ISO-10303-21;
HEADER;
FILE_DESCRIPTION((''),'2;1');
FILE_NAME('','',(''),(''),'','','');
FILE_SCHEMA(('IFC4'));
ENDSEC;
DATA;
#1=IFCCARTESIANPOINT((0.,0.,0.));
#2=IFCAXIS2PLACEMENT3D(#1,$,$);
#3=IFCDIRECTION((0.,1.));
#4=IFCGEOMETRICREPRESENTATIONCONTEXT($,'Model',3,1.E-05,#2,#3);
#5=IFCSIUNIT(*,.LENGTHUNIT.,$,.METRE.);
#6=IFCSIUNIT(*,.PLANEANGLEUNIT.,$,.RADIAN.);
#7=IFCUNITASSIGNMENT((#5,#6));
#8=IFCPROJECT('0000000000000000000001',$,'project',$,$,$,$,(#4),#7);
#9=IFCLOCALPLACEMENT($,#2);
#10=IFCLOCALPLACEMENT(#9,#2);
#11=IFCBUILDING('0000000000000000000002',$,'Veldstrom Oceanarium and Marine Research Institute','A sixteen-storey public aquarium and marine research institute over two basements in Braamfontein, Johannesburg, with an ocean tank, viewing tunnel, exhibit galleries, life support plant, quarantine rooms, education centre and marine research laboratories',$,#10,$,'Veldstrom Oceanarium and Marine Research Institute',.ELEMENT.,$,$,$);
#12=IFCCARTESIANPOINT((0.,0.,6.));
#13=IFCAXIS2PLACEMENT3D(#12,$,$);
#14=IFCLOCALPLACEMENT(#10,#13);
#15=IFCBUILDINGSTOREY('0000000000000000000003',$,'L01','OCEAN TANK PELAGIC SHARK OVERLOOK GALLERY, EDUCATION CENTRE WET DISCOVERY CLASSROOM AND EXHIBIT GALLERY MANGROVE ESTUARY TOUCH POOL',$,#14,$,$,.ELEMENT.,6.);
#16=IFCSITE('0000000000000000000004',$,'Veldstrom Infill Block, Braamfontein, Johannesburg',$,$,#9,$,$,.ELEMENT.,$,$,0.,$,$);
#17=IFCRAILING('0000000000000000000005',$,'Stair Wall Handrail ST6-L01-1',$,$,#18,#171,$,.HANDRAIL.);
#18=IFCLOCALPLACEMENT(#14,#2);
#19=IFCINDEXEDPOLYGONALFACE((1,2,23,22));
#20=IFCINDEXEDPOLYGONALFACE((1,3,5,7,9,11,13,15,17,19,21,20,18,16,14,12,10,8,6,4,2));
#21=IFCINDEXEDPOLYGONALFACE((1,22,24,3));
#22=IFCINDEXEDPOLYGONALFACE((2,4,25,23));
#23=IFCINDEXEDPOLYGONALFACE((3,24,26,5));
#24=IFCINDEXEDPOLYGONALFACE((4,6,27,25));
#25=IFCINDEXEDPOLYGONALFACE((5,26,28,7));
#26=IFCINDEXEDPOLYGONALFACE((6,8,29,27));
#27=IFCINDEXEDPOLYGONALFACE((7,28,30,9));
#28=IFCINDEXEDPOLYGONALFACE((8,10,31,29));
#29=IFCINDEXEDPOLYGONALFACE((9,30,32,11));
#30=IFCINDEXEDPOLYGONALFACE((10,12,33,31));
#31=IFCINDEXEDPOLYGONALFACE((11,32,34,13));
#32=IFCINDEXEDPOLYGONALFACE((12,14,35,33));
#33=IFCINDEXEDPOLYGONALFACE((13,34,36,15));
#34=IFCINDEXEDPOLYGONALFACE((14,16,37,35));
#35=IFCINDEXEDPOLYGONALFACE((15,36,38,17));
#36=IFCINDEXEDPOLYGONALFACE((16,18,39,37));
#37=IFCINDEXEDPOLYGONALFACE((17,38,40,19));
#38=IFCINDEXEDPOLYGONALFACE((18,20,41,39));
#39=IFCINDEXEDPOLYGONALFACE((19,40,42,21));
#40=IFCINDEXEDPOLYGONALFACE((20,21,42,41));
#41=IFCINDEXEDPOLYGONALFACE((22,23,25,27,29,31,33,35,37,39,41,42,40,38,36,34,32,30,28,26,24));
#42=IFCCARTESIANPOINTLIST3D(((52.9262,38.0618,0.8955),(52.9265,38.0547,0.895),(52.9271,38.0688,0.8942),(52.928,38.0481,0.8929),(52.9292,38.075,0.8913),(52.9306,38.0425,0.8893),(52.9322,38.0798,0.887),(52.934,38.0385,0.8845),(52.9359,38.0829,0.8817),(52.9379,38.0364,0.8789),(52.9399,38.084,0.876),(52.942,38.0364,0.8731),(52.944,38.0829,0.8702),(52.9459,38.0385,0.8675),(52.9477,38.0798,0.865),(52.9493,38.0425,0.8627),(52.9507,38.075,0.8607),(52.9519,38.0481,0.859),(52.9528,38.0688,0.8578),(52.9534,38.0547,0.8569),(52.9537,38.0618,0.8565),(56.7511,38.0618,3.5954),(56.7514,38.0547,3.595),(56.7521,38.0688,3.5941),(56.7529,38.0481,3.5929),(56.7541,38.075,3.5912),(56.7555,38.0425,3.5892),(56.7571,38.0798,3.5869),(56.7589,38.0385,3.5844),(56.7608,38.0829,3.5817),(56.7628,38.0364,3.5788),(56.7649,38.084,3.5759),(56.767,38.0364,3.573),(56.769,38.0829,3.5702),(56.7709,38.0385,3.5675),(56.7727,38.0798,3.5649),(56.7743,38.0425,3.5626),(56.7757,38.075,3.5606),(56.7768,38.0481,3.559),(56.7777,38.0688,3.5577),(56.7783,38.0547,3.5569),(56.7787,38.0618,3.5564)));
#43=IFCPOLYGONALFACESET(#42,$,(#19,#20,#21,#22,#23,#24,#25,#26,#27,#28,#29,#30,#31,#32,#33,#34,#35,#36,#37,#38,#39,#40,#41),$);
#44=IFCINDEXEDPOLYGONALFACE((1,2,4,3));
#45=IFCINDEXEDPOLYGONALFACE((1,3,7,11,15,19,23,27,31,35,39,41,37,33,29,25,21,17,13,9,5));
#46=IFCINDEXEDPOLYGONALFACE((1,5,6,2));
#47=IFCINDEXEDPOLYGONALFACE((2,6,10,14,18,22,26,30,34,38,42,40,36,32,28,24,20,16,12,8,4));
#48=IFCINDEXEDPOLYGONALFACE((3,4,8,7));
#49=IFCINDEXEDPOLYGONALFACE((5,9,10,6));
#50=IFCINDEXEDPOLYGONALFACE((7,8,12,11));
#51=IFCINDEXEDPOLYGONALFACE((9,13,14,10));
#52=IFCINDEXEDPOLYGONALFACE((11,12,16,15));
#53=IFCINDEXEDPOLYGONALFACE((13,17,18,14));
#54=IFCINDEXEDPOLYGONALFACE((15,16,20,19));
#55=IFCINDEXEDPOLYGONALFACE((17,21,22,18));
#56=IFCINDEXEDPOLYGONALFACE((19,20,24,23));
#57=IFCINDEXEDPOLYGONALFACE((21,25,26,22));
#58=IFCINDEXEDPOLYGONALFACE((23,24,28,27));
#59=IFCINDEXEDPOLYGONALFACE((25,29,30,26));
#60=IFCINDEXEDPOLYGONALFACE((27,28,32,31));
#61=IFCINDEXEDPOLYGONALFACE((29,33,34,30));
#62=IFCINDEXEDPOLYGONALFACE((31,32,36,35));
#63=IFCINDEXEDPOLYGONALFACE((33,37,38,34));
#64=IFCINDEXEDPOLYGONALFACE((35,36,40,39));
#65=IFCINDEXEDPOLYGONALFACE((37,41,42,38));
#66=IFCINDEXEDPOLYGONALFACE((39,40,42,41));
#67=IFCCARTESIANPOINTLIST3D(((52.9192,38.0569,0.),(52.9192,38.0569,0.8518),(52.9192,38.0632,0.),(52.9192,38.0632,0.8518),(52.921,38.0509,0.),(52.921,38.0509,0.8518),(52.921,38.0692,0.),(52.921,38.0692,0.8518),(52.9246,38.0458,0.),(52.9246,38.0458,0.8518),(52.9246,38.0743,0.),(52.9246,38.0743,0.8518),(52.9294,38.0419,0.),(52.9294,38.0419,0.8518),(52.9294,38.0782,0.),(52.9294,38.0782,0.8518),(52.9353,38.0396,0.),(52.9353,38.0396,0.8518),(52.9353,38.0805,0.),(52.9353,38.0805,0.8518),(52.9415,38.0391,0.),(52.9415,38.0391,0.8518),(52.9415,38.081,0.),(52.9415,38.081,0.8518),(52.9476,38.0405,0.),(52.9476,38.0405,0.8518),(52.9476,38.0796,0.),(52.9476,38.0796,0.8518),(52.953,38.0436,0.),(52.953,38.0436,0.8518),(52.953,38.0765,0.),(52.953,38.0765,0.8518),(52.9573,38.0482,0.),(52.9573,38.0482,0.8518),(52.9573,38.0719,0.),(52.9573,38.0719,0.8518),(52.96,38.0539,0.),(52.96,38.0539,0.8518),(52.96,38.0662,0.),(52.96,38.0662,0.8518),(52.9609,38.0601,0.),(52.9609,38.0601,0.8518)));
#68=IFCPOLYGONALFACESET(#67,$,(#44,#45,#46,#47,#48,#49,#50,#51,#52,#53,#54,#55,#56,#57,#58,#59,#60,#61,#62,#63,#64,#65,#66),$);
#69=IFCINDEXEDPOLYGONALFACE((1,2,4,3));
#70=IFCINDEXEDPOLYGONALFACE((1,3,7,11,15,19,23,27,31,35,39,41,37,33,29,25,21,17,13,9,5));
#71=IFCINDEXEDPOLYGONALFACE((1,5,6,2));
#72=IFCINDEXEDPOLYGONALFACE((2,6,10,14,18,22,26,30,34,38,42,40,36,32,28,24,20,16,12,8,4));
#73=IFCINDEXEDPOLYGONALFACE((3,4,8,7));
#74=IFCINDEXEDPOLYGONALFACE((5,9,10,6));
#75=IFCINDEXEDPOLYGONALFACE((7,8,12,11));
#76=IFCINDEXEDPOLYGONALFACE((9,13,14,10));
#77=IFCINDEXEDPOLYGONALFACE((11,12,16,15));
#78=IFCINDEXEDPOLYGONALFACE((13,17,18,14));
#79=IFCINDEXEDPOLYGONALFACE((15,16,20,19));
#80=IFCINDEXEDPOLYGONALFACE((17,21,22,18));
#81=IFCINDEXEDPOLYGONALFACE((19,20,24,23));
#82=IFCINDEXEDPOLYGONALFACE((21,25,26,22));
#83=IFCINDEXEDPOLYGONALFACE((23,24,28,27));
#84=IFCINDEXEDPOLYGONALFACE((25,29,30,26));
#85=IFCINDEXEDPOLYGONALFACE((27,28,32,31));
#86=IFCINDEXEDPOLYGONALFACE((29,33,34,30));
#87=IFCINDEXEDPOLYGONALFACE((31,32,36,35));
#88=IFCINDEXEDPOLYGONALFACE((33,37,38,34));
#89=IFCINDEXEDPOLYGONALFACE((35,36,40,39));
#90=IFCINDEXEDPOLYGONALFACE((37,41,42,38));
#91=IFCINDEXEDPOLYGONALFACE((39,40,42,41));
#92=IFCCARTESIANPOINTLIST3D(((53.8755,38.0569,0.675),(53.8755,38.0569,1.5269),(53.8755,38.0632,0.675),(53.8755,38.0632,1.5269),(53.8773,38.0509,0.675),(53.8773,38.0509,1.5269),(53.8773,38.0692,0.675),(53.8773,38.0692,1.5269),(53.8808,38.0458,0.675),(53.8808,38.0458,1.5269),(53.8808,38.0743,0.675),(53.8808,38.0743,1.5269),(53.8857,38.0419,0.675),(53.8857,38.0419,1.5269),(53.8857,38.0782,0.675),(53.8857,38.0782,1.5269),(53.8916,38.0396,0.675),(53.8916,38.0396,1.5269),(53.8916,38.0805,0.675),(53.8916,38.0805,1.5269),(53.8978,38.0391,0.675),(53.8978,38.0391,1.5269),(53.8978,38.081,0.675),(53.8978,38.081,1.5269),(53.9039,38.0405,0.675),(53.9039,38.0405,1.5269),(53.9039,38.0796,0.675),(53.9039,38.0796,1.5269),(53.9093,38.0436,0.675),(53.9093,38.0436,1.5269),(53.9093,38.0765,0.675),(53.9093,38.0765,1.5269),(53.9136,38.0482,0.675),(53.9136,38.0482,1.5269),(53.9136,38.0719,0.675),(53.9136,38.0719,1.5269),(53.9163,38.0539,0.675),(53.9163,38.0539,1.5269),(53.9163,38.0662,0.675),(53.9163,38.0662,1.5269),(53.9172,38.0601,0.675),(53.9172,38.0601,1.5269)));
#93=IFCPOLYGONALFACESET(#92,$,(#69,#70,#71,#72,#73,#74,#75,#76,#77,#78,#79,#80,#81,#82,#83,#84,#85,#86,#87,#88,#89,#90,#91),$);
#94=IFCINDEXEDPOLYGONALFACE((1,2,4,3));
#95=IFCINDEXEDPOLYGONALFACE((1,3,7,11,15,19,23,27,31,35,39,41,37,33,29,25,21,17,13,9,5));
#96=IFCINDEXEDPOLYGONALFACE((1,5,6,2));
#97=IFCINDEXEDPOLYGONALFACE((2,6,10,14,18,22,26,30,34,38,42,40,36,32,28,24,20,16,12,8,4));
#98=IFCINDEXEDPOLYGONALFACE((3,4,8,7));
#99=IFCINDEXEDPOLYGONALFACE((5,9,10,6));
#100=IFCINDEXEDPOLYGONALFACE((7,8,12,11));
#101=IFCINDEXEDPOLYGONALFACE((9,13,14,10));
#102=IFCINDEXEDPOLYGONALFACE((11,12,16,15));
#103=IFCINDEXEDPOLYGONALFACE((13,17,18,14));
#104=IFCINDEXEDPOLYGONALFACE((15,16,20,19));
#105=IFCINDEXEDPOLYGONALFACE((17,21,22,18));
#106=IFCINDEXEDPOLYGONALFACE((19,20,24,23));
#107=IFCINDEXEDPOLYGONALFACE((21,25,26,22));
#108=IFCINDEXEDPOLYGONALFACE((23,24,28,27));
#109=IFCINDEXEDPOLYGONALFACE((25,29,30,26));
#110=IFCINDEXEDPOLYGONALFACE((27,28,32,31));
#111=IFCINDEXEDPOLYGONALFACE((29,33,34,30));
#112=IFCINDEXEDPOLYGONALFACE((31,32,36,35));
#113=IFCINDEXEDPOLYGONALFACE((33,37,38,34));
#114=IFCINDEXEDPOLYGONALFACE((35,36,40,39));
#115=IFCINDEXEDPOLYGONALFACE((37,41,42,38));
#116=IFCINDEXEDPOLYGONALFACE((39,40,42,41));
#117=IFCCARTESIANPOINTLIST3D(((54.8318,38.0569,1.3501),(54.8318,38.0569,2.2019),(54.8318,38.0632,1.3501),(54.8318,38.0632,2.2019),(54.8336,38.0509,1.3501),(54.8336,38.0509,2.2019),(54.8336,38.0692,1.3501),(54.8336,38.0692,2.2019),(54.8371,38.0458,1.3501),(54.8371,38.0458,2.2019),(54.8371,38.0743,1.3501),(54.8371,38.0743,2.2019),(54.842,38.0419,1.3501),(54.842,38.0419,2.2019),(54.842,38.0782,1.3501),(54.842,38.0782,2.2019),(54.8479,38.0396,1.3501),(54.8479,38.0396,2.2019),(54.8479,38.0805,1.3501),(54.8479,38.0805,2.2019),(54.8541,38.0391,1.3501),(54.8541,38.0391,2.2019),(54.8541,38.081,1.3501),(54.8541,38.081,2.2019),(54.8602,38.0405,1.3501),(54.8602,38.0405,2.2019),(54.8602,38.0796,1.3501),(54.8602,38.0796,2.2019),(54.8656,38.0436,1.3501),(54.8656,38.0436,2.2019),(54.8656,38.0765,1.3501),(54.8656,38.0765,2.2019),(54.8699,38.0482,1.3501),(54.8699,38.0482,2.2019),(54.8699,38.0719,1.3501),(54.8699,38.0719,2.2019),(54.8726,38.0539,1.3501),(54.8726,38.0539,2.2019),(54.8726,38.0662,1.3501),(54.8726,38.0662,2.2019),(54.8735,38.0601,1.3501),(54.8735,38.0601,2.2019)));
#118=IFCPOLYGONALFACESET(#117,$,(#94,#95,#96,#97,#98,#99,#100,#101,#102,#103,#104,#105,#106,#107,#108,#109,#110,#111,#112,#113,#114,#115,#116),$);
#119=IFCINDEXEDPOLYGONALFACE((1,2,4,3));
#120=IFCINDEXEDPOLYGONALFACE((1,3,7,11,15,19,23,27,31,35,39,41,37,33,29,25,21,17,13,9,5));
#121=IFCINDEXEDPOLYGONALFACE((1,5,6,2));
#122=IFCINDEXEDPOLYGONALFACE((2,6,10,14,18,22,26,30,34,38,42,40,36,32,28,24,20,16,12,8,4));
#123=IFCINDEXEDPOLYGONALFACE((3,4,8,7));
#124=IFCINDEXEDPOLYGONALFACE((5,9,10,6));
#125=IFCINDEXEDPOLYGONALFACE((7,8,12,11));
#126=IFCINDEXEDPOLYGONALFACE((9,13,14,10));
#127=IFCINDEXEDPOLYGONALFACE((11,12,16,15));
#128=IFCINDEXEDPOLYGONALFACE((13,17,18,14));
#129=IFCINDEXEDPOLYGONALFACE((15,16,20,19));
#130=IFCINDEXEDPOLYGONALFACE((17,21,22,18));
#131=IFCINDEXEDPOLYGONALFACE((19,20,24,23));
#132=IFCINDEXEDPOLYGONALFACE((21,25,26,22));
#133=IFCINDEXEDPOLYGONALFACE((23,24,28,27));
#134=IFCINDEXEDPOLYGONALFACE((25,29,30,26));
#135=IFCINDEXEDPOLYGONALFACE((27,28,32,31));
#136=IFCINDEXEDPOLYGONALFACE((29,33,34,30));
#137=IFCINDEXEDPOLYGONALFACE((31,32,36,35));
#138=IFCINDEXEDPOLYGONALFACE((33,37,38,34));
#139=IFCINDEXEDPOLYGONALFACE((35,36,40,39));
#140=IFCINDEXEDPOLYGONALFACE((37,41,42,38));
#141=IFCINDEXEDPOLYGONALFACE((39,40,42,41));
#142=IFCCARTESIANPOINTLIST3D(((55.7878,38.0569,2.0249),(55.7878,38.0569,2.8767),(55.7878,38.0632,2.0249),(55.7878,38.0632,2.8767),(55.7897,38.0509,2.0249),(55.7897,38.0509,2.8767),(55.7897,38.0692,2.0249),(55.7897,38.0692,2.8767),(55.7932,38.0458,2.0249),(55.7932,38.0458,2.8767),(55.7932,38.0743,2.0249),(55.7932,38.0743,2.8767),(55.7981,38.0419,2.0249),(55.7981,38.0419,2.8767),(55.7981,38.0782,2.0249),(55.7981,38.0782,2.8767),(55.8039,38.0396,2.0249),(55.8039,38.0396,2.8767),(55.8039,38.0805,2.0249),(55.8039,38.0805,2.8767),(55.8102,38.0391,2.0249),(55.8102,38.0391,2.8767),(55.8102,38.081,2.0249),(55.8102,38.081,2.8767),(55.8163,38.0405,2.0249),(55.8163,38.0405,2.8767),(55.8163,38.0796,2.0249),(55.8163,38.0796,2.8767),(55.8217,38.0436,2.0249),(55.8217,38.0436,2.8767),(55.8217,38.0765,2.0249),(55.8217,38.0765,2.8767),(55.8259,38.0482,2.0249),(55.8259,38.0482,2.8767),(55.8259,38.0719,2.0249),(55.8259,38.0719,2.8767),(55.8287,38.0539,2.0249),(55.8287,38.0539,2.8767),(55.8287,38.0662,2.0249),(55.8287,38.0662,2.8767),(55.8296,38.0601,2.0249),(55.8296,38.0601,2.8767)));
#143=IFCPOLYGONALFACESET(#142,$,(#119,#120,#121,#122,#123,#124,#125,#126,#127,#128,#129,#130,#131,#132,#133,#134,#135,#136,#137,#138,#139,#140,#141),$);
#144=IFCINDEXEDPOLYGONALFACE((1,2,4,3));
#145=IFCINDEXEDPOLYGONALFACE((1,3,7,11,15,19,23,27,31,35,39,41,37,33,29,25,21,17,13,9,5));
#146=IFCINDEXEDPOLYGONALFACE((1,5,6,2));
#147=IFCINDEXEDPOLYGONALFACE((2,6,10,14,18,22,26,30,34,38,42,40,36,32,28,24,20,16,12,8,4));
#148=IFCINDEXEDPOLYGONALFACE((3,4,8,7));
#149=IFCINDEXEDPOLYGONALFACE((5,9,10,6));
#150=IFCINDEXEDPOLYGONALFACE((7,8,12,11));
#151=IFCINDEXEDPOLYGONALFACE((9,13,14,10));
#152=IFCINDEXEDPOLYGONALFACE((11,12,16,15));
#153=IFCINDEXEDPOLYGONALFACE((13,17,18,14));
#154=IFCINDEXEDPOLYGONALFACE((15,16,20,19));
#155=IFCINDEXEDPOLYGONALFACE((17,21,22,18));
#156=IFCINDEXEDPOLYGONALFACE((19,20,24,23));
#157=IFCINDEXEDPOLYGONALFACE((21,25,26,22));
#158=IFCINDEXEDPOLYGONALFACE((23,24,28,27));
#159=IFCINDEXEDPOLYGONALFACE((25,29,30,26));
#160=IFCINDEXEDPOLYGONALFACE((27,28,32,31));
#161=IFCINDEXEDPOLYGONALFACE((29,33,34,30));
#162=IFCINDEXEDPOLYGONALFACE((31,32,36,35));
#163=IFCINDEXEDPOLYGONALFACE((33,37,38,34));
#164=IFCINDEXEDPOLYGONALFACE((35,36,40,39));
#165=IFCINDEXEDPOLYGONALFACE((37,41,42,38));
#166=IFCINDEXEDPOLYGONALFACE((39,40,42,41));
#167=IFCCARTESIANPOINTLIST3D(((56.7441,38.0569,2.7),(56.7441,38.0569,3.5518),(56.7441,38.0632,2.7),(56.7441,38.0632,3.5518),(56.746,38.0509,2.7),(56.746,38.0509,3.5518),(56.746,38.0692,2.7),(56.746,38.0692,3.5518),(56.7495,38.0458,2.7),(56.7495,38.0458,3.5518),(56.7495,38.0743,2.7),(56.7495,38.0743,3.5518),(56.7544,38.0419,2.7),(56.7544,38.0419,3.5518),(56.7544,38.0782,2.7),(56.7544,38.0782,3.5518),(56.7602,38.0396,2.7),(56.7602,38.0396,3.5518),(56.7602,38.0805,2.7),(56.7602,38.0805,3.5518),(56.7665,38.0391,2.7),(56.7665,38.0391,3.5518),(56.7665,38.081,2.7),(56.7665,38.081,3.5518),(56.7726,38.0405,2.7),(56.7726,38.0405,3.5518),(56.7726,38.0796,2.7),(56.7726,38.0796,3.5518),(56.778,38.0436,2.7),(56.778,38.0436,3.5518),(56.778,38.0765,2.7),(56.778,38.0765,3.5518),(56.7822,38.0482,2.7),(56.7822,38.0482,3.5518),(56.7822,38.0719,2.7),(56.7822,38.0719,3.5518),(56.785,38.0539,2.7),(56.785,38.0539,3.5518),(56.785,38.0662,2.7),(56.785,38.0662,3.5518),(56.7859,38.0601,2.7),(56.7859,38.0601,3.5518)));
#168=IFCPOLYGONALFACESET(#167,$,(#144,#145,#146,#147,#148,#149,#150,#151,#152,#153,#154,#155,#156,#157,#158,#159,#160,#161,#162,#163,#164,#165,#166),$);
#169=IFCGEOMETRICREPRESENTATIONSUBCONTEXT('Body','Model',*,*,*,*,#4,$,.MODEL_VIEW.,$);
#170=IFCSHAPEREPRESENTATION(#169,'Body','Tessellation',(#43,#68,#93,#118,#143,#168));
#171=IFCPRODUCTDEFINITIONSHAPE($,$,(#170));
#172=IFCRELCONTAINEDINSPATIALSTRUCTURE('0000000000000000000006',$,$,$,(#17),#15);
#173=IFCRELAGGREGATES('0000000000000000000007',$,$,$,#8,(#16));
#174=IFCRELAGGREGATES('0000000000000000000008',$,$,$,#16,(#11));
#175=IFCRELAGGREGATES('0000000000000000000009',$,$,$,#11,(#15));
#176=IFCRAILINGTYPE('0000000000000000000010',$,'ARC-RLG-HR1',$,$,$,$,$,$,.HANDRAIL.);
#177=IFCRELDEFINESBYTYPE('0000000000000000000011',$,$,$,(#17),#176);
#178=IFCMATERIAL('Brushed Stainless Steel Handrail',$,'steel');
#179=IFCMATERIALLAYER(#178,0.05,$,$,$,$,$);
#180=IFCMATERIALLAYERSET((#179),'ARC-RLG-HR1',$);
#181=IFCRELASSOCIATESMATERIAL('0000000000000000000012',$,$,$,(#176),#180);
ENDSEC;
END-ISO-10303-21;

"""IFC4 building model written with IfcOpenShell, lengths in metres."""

from ifc_helpers import new_model, si_unit, direction, frame, origin, origin_2d, place, context, subcontext, project, spatial, circle, extrude, material, layer, layer_set, type_object, element, save


model = new_model("IFC4")

# Units and contexts
model_context = context("Model", 3, precision=1e-05, world=origin(), true_north=direction((0.0, 1.0)))
body_context = subcontext(model_context, "Body", "Model", "MODEL_VIEW")
ifc_project = project(units=[si_unit("LENGTHUNIT", "METRE"), si_unit("PLANEANGLEUNIT", "RADIAN")], contexts=[model_context])

# Site, building, storey
site_placement = place(None, origin())
site = spatial("IfcSite", under=ifc_project, at=site_placement, Name="Veldstrom Infill Block, Braamfontein, Johannesburg", CompositionType="ELEMENT", RefElevation=0.0)
building_placement = place(site_placement, origin())
building = spatial("IfcBuilding", under=site, at=building_placement, Name="Veldstrom Oceanarium and Marine Research Institute", Description="A sixteen-storey public aquarium and marine research institute over two basements in Braamfontein, Johannesburg, with an ocean tank, viewing tunnel, exhibit galleries, life support plant, quarantine rooms, education centre and marine research laboratories", LongName="Veldstrom Oceanarium and Marine Research Institute", CompositionType="ELEMENT")
storey_placement = place(building_placement, frame((0.0, 0.0, 6.0)))
storey = spatial("IfcBuildingStorey", under=building, at=storey_placement, Name="L01", Description="OCEAN TANK PELAGIC SHARK OVERLOOK GALLERY, EDUCATION CENTRE WET DISCOVERY CLASSROOM AND EXHIBIT GALLERY MANGROVE ESTUARY TOUCH POOL", CompositionType="ELEMENT", Elevation=6.0)

# Railing
ifc_material_1 = material(Name="Brushed Stainless Steel Handrail", Category="steel")
ifc_layer_1 = layer(ifc_material_1, 0.05)
ifc_layer_set_1 = layer_set([ifc_layer_1], Name="ARC-RLG-HR1")
railing_type_1 = type_object("IfcRailingType", Name="ARC-RLG-HR1", PredefinedType="HANDRAIL", material=ifc_layer_set_1)
railing_1_placement = place(storey_placement, frame((52.9399, 38.0601, 0.0)))
element("IfcRailing", 1, at=railing_1_placement, inside=storey, type_object=railing_type_1, Name="Stair Wall Handrail ST6-L01-1", PredefinedType="HANDRAIL", context=body_context, shape_type="SweptSolid", body=[
    extrude(circle(Radius=0.0239, at=origin_2d()), frame((0.0, 0.0, 0.876), z_axis=(0.816969, 0.0, 0.576681), x_axis=(0.0, 1.0, 0.0)), (0.0, 0.0, 1.0), 4.6819),
    extrude(circle(Radius=0.021, at=origin_2d()), origin(), (0.0, 0.0, 1.0), 0.8518),
    extrude(circle(Radius=0.021, at=origin_2d()), frame((0.9563, 0.0, 0.675)), (0.0, 0.0, 1.0), 0.8518),
    extrude(circle(Radius=0.021, at=origin_2d()), frame((1.9126, 0.0, 1.3501)), (0.0, 0.0, 1.0), 0.8518),
    extrude(circle(Radius=0.021, at=origin_2d()), frame((2.8687, 0.0, 2.0249)), (0.0, 0.0, 1.0), 0.8518),
    extrude(circle(Radius=0.021, at=origin_2d()), frame((3.825, 0.0, 2.7)), (0.0, 0.0, 1.0), 0.8518),
])

save(model, "model.ifc")
